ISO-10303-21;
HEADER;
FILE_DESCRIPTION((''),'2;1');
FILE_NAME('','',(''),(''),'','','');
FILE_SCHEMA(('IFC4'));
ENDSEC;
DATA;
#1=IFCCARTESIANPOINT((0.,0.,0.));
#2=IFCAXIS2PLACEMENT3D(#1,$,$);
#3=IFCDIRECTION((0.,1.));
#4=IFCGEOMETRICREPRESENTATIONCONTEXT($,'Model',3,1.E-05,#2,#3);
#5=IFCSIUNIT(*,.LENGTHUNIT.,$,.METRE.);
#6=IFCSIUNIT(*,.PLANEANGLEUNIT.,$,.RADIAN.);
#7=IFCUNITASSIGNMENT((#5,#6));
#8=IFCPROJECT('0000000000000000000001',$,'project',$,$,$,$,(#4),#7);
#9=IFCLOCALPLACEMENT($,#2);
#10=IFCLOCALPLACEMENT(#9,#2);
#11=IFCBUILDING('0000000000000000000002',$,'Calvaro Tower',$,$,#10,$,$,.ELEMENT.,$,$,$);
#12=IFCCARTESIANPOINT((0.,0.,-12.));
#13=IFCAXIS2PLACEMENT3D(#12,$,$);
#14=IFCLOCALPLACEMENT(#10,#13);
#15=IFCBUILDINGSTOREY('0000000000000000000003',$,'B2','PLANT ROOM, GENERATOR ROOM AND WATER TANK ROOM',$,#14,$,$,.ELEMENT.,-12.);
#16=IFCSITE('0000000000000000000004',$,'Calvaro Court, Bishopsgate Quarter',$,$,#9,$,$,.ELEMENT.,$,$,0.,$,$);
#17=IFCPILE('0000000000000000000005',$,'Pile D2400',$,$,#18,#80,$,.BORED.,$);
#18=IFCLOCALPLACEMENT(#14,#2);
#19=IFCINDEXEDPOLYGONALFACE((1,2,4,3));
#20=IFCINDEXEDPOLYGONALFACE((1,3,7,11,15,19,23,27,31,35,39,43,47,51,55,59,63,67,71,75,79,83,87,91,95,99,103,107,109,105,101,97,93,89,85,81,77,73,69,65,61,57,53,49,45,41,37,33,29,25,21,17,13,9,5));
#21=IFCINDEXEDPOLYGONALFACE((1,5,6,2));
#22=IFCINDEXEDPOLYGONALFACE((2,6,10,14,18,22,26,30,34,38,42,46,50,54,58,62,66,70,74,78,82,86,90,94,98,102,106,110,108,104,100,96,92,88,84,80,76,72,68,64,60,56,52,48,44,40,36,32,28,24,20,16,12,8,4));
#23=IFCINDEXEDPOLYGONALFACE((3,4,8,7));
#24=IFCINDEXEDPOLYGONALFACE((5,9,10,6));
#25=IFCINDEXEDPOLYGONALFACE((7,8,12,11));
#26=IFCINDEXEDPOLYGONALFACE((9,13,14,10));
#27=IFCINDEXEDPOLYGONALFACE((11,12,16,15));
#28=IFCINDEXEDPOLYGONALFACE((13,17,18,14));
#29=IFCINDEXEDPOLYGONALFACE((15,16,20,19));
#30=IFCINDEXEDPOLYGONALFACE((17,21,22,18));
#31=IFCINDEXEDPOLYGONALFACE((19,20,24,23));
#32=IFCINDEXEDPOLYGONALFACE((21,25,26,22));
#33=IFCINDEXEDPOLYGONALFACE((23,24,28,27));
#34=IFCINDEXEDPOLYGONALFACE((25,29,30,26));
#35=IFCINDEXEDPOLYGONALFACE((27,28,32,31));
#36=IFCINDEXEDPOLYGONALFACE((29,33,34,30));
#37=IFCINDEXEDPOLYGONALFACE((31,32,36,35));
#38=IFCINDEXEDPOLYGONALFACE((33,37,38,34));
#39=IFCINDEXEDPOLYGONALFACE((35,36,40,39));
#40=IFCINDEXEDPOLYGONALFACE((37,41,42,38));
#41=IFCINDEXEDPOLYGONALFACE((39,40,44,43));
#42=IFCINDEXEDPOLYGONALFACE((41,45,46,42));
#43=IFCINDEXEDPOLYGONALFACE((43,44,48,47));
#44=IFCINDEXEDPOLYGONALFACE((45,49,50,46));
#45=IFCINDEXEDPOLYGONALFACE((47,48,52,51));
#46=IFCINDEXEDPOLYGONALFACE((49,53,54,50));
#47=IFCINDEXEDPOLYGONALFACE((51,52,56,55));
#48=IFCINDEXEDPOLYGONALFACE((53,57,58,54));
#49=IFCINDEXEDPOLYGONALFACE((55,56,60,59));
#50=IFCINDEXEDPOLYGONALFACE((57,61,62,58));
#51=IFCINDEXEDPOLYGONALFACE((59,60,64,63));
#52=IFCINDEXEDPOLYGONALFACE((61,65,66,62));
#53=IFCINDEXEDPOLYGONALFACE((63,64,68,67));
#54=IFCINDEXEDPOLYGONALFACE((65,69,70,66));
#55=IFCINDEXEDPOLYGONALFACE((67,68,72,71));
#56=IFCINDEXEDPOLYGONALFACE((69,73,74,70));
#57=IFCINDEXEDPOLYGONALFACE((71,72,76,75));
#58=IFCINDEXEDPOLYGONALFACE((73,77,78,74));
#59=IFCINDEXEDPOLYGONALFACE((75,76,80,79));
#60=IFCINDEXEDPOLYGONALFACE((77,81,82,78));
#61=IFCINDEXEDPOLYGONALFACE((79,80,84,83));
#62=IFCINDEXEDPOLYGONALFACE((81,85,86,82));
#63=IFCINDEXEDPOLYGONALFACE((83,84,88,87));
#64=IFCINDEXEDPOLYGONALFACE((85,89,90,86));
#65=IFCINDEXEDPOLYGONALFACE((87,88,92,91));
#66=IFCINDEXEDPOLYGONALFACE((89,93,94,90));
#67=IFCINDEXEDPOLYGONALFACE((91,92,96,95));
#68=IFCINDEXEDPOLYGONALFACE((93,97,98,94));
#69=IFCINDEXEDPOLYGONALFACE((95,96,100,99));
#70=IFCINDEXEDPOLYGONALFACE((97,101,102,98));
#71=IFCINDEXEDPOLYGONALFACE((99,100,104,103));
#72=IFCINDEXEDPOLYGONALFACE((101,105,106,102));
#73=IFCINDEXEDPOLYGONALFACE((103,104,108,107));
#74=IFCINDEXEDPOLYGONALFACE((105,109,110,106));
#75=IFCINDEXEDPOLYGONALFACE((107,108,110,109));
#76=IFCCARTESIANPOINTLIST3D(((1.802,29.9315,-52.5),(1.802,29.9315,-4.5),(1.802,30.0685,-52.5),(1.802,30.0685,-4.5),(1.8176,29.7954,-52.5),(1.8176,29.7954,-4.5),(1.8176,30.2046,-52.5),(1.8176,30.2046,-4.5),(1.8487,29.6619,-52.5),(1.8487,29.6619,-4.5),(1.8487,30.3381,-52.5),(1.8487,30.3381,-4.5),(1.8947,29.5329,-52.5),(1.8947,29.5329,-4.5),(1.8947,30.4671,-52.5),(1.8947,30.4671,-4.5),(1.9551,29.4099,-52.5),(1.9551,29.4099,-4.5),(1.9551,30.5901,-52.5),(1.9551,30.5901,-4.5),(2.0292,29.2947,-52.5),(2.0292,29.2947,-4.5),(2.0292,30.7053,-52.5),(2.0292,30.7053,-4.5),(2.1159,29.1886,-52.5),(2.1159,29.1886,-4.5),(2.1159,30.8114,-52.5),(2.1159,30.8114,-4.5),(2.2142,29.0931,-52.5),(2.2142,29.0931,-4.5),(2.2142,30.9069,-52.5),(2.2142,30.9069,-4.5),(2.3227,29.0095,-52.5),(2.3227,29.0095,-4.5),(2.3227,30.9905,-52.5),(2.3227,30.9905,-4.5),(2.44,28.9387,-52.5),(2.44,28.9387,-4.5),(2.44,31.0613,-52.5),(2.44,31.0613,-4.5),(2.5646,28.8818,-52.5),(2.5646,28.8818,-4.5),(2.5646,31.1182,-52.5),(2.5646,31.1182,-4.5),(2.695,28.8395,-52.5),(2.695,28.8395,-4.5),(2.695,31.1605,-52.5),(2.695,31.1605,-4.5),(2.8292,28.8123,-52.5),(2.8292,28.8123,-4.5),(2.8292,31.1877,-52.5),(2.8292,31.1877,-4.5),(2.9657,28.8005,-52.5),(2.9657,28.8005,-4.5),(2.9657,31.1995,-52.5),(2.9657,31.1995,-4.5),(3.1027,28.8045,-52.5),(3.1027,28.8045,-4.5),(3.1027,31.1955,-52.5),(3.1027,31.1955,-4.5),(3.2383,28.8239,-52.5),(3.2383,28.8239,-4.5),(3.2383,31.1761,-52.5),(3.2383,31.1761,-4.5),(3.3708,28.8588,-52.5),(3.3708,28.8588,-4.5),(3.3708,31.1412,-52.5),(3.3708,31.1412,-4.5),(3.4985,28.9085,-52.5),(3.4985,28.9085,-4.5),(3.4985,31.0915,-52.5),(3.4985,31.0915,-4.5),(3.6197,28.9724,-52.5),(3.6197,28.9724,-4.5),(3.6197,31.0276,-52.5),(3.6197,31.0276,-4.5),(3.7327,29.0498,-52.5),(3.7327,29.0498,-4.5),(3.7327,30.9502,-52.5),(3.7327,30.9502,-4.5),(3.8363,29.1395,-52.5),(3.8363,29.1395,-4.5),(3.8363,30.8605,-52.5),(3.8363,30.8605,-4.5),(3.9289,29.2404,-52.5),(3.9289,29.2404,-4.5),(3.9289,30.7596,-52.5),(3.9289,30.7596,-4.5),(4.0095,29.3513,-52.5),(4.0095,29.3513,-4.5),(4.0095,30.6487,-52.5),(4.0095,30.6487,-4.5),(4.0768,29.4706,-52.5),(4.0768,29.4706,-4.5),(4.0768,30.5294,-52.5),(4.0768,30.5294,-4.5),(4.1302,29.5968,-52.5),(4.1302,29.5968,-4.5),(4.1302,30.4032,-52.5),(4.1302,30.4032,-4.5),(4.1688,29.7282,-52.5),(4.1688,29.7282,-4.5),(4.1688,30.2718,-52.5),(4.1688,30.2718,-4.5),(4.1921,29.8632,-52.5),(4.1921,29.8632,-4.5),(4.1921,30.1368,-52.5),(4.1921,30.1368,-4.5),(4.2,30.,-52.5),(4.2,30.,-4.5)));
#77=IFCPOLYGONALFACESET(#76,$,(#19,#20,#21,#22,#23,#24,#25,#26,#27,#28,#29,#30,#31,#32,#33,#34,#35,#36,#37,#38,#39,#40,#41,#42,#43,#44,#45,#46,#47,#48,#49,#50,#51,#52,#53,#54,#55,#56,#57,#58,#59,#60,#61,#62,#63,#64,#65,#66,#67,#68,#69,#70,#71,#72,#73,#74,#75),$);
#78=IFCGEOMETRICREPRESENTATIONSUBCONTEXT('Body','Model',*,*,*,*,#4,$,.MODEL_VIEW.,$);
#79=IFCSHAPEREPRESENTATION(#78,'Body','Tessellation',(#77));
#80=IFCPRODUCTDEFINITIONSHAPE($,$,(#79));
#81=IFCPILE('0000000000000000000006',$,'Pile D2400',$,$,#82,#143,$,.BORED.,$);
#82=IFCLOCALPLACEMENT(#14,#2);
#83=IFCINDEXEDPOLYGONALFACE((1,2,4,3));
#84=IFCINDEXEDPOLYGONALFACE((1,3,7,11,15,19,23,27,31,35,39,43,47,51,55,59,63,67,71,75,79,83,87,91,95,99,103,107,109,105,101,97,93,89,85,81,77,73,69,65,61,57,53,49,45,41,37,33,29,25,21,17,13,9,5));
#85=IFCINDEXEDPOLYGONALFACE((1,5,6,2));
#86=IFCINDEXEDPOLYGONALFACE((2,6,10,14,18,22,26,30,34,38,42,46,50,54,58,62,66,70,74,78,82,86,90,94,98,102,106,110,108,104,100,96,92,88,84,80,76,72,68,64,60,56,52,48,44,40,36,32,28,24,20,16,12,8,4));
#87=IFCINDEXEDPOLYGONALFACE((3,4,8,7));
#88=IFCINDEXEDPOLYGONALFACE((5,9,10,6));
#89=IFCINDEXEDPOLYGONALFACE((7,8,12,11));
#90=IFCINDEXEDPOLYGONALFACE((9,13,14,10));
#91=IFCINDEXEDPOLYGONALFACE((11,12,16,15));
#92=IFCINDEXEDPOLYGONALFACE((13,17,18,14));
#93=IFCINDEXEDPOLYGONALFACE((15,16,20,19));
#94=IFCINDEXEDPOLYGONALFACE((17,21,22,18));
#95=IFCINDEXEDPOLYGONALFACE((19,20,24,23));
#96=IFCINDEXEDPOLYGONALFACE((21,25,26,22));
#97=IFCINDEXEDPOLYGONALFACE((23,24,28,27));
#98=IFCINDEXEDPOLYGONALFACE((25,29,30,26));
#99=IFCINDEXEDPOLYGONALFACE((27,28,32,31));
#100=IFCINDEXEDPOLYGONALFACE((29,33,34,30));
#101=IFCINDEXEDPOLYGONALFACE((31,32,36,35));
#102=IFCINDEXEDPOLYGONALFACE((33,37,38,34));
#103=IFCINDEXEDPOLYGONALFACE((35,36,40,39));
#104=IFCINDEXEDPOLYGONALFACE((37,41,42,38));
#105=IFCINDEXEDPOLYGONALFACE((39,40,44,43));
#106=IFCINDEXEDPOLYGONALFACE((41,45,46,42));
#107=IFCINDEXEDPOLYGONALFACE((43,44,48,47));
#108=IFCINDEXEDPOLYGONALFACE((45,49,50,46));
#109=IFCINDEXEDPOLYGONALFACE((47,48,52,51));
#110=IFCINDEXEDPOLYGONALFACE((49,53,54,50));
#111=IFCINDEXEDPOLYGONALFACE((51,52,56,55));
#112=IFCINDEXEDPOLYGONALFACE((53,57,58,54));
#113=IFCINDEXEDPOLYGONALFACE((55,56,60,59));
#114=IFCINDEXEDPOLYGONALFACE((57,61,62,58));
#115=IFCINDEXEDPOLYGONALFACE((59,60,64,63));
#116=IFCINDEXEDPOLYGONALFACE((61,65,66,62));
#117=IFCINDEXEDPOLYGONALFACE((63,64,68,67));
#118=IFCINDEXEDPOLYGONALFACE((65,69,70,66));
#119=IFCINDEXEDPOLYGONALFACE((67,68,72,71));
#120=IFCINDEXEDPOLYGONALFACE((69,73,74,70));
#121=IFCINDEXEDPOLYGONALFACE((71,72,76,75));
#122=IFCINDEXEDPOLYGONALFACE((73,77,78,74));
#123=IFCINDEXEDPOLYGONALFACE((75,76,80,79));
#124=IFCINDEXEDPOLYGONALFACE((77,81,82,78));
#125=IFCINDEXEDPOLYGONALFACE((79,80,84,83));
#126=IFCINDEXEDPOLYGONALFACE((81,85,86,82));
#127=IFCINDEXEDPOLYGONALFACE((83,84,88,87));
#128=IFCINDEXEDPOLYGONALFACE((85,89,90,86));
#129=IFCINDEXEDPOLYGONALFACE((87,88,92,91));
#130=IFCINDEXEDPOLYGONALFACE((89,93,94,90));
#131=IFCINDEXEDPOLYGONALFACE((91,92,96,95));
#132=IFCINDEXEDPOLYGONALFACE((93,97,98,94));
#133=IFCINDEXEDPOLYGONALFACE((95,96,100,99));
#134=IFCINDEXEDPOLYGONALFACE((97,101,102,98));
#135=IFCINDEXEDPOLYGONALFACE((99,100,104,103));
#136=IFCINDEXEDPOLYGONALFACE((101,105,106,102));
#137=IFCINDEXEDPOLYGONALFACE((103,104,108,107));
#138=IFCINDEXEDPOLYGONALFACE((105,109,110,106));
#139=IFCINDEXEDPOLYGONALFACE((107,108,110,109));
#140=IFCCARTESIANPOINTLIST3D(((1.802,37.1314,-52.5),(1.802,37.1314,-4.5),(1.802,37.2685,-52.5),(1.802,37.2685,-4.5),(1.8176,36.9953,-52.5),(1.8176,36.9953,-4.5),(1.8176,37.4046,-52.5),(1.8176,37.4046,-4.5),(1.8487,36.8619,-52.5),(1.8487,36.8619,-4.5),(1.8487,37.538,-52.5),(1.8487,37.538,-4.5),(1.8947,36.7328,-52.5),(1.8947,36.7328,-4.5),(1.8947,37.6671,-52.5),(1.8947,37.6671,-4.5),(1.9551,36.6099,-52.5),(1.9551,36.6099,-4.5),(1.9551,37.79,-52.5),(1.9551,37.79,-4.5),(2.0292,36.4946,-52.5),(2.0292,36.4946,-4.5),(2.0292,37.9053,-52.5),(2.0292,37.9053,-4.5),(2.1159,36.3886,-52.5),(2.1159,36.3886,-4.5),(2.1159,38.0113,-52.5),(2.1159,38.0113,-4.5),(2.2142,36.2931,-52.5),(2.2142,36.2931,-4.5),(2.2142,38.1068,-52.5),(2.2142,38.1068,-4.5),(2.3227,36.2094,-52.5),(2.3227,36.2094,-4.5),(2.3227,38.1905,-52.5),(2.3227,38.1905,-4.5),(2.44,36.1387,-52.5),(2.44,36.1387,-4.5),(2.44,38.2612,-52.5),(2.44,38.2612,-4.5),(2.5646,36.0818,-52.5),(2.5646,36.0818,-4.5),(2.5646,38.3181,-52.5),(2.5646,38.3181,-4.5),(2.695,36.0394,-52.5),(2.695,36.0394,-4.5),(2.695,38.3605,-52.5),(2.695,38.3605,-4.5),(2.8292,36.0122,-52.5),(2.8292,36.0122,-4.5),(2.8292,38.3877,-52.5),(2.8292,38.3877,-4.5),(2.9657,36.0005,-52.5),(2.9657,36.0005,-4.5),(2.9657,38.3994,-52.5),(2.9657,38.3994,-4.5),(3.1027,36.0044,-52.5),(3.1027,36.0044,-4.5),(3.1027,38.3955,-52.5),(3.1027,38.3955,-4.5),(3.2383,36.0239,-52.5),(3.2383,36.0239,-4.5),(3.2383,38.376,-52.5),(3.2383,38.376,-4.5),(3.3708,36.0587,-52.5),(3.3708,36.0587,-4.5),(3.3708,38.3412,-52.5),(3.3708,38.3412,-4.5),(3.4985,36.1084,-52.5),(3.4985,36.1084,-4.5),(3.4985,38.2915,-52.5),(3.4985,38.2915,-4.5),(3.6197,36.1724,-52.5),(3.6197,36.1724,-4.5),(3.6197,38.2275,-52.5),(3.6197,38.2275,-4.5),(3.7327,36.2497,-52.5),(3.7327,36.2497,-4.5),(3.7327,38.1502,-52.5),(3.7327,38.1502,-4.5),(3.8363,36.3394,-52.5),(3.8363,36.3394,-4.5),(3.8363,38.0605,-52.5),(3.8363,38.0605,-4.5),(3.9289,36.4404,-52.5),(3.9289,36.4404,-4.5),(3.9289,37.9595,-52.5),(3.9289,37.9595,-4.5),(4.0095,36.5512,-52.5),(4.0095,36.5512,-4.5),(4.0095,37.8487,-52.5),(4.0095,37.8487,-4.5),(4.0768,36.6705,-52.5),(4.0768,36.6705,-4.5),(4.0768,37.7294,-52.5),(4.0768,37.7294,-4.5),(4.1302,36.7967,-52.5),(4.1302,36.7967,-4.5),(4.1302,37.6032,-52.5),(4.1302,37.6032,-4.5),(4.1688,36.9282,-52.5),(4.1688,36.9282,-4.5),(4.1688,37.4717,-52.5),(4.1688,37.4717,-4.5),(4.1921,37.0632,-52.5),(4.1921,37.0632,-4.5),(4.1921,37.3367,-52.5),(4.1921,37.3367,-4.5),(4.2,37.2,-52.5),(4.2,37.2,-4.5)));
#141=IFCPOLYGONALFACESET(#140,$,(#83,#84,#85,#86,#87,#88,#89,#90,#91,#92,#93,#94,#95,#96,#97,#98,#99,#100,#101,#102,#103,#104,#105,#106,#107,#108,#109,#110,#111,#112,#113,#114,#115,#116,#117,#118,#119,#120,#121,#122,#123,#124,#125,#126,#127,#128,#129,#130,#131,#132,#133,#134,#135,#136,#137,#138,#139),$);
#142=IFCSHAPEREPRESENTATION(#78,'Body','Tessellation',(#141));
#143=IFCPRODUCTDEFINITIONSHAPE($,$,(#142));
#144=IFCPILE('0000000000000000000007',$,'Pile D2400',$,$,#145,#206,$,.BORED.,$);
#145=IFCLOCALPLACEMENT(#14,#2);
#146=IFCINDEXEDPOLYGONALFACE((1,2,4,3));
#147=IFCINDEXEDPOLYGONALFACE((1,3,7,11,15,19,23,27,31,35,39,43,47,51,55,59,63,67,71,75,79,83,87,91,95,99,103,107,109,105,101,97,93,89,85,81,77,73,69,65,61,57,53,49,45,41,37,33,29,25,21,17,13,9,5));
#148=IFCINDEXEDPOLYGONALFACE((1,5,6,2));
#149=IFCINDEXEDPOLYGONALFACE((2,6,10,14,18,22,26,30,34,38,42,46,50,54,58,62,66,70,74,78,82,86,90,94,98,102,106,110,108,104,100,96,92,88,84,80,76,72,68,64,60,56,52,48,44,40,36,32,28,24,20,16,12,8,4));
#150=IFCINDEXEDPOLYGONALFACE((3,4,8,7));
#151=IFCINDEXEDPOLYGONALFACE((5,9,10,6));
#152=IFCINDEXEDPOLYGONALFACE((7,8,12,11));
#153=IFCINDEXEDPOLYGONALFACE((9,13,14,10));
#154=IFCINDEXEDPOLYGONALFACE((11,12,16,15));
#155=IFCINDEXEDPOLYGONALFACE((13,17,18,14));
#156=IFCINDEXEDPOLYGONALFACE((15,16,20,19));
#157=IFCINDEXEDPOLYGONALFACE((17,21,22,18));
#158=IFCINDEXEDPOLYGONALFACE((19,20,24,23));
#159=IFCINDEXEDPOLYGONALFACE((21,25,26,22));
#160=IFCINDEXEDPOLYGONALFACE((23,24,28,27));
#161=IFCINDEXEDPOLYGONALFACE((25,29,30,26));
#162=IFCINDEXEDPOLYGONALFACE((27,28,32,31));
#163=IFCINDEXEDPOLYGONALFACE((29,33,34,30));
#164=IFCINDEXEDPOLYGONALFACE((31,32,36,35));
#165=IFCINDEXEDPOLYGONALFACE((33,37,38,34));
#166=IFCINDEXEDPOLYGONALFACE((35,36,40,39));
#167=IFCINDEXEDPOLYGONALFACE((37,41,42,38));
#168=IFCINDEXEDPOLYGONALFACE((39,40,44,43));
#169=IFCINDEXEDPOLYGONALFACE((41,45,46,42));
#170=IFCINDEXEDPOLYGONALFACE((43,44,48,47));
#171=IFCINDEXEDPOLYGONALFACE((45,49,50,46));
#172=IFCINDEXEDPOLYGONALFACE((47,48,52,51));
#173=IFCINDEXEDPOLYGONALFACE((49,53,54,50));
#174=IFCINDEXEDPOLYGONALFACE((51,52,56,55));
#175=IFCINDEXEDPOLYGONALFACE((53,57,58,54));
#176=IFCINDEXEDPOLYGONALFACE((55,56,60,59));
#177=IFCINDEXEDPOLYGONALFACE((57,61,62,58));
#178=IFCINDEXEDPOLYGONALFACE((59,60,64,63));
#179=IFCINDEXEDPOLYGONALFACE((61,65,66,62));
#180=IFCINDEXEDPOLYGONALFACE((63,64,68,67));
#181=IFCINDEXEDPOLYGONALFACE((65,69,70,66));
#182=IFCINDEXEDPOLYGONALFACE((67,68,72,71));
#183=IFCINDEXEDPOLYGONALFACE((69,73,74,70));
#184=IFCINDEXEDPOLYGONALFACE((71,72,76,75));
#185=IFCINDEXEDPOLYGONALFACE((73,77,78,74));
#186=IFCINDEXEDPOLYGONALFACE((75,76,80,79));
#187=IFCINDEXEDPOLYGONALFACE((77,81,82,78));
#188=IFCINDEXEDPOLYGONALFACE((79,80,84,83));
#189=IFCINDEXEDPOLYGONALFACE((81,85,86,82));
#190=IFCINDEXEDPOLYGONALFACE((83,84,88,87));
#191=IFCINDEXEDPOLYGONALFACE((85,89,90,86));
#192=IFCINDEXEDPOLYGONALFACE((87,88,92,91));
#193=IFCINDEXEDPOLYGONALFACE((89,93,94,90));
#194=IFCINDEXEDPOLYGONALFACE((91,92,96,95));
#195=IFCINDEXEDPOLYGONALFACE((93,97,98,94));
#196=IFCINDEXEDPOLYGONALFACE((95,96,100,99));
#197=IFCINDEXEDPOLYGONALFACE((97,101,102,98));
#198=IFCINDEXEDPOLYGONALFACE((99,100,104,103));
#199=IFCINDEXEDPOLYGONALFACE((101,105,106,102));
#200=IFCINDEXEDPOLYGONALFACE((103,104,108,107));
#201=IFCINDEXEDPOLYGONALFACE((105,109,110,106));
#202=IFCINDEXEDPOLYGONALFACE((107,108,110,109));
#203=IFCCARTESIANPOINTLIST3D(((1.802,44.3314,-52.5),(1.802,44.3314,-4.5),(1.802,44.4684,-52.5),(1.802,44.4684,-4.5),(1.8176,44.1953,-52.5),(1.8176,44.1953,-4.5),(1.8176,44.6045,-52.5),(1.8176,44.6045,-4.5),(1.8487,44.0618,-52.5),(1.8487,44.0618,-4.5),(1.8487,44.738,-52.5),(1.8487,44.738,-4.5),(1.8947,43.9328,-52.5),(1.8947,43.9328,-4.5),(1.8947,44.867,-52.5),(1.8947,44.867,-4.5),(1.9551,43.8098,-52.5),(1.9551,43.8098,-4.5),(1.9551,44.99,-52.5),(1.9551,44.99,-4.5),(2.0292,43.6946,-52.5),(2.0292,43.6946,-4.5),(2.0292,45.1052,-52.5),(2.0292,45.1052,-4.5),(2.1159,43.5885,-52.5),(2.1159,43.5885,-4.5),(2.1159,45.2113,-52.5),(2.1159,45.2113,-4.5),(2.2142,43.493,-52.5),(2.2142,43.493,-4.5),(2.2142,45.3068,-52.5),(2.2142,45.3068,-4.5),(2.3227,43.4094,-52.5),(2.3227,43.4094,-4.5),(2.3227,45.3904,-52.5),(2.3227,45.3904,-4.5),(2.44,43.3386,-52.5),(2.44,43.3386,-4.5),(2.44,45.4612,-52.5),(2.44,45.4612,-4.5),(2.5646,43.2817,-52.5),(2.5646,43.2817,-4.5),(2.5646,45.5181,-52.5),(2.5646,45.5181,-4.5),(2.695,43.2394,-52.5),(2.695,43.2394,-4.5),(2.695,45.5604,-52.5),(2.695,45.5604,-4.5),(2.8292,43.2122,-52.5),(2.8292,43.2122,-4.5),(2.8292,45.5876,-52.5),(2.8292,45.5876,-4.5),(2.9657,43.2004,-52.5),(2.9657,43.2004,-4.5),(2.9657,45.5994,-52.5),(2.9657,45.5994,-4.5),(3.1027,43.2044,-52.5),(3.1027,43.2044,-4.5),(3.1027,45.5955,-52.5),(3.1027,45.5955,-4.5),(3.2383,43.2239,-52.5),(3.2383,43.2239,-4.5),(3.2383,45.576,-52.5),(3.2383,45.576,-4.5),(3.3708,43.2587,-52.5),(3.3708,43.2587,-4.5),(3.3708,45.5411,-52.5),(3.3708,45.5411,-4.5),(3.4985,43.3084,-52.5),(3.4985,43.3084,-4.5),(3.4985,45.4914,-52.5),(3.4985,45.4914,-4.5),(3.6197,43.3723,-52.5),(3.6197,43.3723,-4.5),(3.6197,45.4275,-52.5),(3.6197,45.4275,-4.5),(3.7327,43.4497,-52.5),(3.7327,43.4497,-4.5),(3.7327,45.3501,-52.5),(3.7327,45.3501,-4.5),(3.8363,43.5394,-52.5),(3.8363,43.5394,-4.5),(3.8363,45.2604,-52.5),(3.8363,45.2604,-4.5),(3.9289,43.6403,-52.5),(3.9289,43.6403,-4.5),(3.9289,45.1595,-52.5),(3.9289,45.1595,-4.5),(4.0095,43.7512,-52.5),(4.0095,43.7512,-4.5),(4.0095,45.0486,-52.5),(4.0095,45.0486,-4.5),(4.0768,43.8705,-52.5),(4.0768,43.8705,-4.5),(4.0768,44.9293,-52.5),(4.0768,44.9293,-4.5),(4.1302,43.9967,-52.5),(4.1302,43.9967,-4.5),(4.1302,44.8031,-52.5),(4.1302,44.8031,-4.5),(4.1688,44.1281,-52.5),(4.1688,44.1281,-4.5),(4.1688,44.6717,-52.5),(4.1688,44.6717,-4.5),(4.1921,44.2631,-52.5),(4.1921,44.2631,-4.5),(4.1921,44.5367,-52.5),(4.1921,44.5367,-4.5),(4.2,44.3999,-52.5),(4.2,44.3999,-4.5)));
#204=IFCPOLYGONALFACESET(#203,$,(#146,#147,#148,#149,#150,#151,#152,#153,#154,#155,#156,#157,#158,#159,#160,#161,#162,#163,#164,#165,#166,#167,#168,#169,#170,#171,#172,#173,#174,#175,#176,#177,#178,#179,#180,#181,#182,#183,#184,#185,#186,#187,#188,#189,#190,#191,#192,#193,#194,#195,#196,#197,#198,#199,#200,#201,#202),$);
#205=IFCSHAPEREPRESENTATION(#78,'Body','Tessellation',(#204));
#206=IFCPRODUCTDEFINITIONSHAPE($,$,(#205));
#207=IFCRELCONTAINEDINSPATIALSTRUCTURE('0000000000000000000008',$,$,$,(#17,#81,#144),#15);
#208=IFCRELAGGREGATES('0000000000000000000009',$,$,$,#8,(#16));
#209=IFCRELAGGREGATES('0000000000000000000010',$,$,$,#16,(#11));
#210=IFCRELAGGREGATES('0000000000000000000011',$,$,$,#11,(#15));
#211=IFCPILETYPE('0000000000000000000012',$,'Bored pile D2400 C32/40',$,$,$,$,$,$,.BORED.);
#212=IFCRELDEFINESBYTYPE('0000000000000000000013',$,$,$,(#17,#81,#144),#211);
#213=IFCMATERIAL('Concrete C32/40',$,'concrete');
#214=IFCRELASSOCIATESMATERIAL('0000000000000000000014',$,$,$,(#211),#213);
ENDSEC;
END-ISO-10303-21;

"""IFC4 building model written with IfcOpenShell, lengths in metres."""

from ifc_helpers import new_model, si_unit, direction, frame, origin, origin_2d, place, context, subcontext, project, spatial, circle, extrude, material, material_profile, profile_set, type_object, element, save


model = new_model("IFC4")

# Units and contexts
model_context = context("Model", 3, precision=1e-05, world=origin(), true_north=direction((0.0, 1.0)))
body_context = subcontext(model_context, "Body", "Model", "MODEL_VIEW")
ifc_project = project(units=[si_unit("LENGTHUNIT", "METRE"), si_unit("PLANEANGLEUNIT", "RADIAN")], contexts=[model_context])

# Site, building, storey
site_placement = place(None, origin())
site = spatial("IfcSite", under=ifc_project, at=site_placement, Name="Calvaro Court, Bishopsgate Quarter", CompositionType="ELEMENT", RefElevation=0.0)
building_placement = place(site_placement, origin())
building = spatial("IfcBuilding", under=site, at=building_placement, Name="Calvaro Tower", CompositionType="ELEMENT")
storey_placement = place(building_placement, frame((0.0, 0.0, -12.0)))
storey = spatial("IfcBuildingStorey", under=building, at=storey_placement, Name="B2", Description="PLANT ROOM, GENERATOR ROOM AND WATER TANK ROOM", CompositionType="ELEMENT", Elevation=-12.0)

# Piles
ifc_material_1 = material(Name="Concrete C32/40", Category="concrete")
ifc_material_profile = material_profile(ifc_material_1, circle(Radius=1.2, at=origin_2d()), Name="Bored pile D2400")
ifc_profile_set = profile_set([ifc_material_profile], Name="Concrete C32/40")
pile_type = type_object("IfcPileType", Name="Bored pile D2400 C32/40", PredefinedType="BORED", material=ifc_profile_set)
for number, where, z_axis, x_axis, name in (
    (1, (3.0, 30.0, -4.5), (0.0, 0.0, -1.0), (1.0, 0.0, 0.0), "Pile D2400"),
    (2, (3.0, 37.2, -4.5), (0.0, 0.0, -1.0), (1.0, 0.0, 0.0), "Pile D2400"),
    (3, (3.0, 44.3999, -4.5), (0.0, 0.0, -1.0), (1.0, 0.0, 0.0), "Pile D2400"),
):
    element("IfcPile", number, at=place(storey_placement, frame(where, z_axis=z_axis, x_axis=x_axis)), inside=storey, type_object=pile_type, Name=name, PredefinedType="BORED", context=body_context, shape_type="SweptSolid", body=[
        extrude(circle(Radius=1.2, at=origin_2d()), origin(), (0.0, 0.0, 1.0), 48.0),
    ])

save(model, "model.ifc")
